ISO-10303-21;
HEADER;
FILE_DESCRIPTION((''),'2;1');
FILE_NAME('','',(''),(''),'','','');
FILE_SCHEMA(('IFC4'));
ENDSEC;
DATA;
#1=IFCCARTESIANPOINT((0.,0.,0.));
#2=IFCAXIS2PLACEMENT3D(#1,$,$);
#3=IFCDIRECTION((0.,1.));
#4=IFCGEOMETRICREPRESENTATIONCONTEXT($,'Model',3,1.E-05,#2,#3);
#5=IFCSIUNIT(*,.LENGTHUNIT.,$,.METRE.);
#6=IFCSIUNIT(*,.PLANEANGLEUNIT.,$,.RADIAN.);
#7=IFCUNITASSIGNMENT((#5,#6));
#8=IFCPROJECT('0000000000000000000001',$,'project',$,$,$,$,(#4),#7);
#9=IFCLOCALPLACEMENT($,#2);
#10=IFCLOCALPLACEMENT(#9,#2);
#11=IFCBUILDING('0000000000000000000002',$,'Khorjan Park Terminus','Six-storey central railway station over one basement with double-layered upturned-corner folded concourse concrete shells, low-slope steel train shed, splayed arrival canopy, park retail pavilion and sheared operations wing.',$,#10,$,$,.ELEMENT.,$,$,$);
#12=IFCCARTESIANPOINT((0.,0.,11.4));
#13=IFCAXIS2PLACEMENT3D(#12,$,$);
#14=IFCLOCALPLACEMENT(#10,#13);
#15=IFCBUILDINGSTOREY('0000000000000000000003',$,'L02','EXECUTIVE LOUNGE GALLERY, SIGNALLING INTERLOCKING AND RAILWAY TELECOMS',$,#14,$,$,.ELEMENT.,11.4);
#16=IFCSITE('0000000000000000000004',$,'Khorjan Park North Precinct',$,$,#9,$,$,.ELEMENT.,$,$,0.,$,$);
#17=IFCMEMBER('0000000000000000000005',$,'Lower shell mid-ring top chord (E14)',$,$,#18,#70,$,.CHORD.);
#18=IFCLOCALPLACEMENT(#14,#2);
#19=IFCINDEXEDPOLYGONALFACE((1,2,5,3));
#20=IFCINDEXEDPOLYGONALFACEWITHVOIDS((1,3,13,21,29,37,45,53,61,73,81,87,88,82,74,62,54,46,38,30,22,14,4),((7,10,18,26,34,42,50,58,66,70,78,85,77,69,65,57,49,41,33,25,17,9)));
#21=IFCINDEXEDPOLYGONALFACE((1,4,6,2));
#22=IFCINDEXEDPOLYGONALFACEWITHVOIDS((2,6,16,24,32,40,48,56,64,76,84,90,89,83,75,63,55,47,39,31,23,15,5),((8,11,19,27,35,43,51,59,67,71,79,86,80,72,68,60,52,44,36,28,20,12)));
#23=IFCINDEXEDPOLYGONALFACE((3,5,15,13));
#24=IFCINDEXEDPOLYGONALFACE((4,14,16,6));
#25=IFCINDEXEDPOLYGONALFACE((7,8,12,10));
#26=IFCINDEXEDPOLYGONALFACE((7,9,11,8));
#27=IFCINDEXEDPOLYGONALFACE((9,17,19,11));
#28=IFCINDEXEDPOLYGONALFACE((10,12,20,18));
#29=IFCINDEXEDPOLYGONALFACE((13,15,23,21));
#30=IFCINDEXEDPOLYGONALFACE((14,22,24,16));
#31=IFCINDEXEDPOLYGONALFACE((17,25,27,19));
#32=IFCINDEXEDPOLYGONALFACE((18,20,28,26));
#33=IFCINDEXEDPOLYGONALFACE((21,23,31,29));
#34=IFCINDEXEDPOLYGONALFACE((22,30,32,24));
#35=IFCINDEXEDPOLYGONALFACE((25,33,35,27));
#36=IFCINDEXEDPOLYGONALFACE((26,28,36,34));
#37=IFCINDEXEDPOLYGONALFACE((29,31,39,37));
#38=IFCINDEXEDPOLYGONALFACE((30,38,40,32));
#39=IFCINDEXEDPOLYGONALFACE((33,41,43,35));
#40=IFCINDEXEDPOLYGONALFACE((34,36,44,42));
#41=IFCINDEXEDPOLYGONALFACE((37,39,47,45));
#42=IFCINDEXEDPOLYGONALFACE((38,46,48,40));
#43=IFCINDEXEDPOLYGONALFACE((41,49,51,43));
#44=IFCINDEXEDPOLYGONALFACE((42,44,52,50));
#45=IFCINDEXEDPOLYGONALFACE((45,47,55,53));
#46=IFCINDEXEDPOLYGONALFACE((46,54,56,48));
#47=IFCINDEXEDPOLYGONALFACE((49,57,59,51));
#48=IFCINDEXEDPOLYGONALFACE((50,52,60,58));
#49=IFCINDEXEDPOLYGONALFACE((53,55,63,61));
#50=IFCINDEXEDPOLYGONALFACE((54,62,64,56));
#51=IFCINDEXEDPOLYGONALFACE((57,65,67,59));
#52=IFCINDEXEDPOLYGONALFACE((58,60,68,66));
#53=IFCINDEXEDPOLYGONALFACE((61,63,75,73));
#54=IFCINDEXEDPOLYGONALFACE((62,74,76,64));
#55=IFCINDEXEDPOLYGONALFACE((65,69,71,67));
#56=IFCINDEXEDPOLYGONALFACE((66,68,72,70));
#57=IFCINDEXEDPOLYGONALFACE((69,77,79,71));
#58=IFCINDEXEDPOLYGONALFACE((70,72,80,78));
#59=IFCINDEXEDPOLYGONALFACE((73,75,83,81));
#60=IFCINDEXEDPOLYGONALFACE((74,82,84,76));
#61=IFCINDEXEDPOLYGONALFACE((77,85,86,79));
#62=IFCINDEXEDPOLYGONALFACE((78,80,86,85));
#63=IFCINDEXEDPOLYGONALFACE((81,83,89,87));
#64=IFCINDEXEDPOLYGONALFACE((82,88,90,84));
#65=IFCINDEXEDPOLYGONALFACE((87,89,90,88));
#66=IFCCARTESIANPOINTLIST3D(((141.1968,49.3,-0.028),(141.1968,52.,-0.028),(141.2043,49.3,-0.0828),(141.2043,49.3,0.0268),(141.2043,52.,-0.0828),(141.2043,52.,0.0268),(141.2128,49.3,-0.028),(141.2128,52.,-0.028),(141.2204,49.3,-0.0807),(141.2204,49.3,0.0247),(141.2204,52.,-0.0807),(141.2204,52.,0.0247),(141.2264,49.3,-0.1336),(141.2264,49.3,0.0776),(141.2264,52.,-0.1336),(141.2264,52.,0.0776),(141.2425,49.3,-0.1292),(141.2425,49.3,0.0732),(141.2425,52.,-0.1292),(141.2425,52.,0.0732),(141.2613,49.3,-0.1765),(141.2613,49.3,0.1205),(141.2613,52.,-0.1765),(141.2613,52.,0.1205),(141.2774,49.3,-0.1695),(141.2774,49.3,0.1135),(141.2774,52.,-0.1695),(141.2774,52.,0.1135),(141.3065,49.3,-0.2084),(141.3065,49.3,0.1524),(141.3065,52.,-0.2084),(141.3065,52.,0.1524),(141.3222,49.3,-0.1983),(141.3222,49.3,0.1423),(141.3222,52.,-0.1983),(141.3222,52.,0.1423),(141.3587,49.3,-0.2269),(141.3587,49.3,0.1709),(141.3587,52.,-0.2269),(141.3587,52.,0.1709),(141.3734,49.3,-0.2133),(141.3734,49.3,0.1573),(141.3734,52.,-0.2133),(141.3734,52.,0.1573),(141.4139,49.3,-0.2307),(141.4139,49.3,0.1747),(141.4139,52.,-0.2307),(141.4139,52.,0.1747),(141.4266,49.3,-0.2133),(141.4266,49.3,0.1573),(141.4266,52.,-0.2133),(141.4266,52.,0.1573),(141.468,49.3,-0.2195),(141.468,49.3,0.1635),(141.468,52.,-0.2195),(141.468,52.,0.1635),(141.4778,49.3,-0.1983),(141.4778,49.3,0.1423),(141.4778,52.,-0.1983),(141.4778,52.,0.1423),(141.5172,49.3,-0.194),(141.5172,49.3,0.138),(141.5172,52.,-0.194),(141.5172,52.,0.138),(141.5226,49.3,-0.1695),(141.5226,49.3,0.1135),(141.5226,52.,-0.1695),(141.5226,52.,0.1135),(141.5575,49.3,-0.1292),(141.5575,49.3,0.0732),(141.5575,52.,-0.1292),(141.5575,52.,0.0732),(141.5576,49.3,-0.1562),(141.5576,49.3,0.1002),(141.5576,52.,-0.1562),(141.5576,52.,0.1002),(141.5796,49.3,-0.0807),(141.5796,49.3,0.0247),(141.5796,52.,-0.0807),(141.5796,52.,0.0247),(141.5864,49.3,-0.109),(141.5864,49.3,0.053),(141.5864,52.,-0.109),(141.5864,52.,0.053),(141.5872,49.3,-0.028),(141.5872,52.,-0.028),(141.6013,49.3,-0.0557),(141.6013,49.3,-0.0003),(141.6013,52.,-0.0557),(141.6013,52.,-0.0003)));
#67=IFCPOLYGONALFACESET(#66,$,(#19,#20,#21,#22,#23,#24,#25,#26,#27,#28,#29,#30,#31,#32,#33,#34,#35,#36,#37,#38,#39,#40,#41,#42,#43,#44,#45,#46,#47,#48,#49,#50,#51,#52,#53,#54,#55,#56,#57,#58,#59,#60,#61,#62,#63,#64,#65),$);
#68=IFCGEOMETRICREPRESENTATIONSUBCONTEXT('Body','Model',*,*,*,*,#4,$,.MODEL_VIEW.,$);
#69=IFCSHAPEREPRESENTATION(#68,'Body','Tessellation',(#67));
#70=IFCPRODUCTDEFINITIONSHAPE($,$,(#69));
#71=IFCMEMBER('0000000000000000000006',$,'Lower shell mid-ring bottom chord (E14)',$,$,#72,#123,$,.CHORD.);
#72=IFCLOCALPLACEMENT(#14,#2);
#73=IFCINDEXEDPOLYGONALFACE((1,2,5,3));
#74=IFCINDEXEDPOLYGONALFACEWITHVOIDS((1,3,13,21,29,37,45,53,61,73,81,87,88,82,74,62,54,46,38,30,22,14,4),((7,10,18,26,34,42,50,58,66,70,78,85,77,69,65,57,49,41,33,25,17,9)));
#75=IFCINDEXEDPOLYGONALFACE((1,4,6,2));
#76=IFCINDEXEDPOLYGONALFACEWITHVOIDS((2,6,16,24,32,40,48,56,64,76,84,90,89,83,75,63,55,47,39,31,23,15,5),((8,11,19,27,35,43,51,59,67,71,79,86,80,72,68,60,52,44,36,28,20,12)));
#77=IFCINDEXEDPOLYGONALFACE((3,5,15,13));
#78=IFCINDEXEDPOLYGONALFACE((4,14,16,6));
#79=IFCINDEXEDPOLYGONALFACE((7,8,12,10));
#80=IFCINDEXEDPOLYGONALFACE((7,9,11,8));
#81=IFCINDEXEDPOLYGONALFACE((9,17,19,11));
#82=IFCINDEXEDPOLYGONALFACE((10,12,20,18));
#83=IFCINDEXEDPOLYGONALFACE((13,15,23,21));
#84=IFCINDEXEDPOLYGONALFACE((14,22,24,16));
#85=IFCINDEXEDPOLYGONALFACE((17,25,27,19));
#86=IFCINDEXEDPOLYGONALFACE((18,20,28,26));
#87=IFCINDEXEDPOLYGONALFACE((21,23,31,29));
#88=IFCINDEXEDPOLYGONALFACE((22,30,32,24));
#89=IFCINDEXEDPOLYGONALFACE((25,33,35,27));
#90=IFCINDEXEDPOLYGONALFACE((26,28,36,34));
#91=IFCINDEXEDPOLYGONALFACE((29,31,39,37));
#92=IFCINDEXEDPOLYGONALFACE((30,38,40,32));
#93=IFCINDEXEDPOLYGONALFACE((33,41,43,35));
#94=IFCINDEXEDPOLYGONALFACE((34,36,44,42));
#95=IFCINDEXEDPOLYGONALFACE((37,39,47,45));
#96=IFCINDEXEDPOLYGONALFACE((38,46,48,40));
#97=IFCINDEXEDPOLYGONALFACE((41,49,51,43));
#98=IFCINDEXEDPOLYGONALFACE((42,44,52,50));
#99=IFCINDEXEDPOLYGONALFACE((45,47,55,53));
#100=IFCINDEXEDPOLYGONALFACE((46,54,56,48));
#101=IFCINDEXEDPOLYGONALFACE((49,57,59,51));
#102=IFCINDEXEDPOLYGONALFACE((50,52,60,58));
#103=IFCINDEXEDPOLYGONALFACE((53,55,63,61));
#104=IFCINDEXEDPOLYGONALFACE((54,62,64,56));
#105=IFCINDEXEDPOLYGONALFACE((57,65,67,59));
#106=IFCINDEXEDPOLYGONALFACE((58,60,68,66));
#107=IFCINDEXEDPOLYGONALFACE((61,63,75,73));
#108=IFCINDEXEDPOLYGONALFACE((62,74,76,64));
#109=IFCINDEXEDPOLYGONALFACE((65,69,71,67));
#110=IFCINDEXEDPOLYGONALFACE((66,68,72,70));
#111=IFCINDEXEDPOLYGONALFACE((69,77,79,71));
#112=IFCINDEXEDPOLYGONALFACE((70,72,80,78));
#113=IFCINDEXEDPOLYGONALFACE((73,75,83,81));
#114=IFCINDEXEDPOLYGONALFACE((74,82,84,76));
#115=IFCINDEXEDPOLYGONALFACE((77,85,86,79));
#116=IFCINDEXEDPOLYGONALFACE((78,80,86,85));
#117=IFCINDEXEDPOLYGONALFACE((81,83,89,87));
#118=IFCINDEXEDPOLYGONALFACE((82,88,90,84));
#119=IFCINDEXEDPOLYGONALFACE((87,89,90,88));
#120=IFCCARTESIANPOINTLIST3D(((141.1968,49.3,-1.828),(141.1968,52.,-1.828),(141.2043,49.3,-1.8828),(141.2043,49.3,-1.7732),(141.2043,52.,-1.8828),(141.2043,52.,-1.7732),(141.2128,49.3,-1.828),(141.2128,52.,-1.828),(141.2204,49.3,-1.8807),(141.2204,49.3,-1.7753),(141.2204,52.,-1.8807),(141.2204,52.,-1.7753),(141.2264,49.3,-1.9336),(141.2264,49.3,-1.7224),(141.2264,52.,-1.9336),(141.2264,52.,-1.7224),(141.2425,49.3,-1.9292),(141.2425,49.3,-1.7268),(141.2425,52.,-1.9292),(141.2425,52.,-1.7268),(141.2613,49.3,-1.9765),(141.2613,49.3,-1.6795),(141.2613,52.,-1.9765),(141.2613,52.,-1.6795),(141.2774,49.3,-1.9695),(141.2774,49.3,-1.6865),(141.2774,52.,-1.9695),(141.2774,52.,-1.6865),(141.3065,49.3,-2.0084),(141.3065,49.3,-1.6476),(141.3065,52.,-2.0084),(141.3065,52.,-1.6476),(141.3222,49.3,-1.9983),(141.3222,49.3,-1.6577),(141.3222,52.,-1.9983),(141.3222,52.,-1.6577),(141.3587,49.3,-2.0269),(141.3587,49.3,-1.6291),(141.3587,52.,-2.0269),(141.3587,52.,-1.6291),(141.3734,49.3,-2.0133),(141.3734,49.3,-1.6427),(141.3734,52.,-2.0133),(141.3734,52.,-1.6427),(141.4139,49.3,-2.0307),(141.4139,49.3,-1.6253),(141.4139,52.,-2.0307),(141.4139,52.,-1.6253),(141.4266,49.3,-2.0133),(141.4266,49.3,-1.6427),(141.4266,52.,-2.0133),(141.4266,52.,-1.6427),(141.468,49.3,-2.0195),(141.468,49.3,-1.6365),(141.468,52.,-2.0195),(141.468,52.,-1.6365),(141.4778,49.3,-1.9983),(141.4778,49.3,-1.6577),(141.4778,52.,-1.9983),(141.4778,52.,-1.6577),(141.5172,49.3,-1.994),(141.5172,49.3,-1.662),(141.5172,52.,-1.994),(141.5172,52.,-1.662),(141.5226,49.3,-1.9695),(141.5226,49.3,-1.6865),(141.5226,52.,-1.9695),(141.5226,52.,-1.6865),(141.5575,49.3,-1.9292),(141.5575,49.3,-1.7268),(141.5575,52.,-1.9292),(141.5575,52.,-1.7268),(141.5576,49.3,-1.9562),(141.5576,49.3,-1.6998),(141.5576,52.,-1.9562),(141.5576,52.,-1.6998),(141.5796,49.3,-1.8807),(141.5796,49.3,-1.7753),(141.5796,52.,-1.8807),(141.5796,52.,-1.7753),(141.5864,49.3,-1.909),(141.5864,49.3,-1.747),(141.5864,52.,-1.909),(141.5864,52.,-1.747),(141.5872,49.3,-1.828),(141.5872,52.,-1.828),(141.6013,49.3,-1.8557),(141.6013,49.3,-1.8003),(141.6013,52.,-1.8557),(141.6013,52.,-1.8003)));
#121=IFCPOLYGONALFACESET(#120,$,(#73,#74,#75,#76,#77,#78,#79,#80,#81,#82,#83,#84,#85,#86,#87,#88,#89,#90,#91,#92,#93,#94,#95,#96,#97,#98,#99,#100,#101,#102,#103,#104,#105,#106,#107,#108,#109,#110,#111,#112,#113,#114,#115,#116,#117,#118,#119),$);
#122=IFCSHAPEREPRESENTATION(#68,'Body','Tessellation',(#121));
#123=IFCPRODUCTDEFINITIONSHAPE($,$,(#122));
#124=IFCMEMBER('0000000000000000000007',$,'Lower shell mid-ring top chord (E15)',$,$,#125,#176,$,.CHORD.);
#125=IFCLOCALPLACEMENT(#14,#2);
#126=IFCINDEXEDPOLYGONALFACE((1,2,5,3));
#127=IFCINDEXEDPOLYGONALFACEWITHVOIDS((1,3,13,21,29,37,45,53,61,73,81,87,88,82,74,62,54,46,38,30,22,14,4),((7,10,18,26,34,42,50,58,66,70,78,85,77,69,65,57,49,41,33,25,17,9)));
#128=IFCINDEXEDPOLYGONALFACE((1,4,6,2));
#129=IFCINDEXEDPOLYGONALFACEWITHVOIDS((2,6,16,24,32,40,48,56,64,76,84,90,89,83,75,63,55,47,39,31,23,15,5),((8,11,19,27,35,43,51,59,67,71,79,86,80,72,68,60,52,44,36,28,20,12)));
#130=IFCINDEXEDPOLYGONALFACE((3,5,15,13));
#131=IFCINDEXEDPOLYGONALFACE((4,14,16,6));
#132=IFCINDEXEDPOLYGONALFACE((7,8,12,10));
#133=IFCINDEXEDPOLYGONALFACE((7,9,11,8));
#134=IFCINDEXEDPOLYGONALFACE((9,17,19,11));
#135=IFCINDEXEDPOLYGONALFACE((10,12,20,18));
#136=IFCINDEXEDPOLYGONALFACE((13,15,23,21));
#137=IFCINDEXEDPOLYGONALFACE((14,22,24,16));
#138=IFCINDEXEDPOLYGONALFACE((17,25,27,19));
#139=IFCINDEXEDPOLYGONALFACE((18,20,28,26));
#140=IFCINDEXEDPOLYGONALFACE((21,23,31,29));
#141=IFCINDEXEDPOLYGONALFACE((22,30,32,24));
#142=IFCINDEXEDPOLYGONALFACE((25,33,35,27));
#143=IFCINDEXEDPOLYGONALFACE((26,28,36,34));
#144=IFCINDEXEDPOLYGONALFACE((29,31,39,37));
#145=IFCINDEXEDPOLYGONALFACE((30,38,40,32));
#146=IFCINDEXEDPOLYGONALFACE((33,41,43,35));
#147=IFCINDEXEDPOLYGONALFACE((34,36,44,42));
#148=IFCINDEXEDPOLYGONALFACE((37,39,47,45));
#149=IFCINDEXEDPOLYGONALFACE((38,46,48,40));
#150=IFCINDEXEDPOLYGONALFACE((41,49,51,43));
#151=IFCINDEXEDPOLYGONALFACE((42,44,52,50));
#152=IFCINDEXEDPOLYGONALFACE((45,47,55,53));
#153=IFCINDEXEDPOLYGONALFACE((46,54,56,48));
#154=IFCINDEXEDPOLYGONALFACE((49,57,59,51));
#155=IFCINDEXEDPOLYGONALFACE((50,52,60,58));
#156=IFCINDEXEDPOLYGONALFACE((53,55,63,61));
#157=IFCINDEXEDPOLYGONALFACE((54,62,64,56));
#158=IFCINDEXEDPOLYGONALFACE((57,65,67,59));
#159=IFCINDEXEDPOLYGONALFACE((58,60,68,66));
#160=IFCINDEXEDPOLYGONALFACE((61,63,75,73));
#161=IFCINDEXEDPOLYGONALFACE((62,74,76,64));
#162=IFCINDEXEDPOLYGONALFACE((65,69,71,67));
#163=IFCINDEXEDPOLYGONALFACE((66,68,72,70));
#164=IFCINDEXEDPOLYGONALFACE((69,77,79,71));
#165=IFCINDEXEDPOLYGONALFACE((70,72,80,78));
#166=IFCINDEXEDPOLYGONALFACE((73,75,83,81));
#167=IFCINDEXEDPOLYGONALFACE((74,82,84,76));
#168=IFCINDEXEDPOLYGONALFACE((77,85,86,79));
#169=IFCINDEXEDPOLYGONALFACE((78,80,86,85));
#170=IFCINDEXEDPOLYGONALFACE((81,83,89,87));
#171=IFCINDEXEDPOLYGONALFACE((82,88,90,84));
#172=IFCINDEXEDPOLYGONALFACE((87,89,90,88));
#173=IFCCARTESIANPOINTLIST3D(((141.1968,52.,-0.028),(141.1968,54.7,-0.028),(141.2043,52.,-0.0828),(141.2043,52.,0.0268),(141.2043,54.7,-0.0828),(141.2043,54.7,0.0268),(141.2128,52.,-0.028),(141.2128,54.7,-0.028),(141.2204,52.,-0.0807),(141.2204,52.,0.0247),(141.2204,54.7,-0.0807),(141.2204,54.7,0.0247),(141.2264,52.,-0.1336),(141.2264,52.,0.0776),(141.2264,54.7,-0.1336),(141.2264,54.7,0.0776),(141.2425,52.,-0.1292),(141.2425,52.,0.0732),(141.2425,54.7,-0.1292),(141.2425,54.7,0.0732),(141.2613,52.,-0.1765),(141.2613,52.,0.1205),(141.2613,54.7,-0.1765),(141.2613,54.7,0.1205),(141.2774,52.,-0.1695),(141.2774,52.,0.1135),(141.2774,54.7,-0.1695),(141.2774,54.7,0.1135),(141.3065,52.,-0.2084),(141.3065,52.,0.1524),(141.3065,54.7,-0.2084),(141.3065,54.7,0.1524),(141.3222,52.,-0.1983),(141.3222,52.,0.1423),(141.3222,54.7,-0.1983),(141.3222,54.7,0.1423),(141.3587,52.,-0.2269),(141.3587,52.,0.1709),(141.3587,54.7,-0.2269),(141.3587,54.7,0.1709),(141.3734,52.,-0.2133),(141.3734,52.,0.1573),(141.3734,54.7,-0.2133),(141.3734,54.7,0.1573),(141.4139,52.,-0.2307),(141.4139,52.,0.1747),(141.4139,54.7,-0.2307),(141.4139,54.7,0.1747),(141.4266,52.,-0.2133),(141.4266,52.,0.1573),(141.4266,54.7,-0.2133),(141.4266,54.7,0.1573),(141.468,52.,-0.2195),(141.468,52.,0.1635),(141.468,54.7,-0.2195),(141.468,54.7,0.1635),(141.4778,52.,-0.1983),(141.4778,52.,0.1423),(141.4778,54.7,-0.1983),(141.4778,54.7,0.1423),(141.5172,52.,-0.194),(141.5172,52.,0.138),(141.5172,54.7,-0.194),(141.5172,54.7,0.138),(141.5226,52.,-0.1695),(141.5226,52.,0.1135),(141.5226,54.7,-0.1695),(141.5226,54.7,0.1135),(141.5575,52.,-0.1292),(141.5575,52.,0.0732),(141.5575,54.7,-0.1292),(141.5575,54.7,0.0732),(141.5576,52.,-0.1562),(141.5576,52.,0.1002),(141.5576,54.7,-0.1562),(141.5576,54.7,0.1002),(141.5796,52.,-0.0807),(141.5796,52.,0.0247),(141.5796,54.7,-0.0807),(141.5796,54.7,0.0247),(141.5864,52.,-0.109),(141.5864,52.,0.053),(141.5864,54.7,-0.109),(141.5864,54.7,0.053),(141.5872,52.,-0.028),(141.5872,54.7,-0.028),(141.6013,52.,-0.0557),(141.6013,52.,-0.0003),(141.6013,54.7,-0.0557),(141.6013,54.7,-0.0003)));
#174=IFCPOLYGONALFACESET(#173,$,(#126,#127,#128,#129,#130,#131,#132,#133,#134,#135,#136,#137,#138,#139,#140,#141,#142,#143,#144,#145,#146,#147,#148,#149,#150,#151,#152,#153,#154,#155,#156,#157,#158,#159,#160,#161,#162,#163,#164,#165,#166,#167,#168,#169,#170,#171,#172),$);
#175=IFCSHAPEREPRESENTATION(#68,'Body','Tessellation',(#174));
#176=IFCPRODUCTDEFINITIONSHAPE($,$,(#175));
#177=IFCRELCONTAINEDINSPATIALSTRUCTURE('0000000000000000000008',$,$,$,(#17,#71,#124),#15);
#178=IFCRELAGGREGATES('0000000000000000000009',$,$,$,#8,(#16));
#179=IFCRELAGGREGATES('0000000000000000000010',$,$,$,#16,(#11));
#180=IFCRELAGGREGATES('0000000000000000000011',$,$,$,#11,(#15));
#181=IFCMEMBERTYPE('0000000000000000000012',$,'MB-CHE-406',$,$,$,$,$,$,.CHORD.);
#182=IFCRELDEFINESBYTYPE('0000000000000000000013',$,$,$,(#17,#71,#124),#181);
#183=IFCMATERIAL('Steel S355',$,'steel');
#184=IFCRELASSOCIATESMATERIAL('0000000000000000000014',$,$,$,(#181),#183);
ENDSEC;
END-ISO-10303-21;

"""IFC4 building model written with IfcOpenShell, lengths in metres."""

from ifc_helpers import new_model, si_unit, direction, frame, origin, origin_2d, place, context, subcontext, project, spatial, hollow_circle, extrude, material, material_profile, profile_set, type_object, element, save


model = new_model("IFC4")

# Units and contexts
model_context = context("Model", 3, precision=1e-05, world=origin(), true_north=direction((0.0, 1.0)))
body_context = subcontext(model_context, "Body", "Model", "MODEL_VIEW")
ifc_project = project(units=[si_unit("LENGTHUNIT", "METRE"), si_unit("PLANEANGLEUNIT", "RADIAN")], contexts=[model_context])

# Site, building, storey
site_placement = place(None, origin())
site = spatial("IfcSite", under=ifc_project, at=site_placement, Name="Khorjan Park North Precinct", CompositionType="ELEMENT", RefElevation=0.0)
building_placement = place(site_placement, origin())
building = spatial("IfcBuilding", under=site, at=building_placement, Name="Khorjan Park Terminus", Description="Six-storey central railway station over one basement with double-layered upturned-corner folded concourse concrete shells, low-slope steel train shed, splayed arrival canopy, park retail pavilion and sheared operations wing.", CompositionType="ELEMENT")
storey_placement = place(building_placement, frame((0.0, 0.0, 11.4)))
storey = spatial("IfcBuildingStorey", under=building, at=storey_placement, Name="L02", Description="EXECUTIVE LOUNGE GALLERY, SIGNALLING INTERLOCKING AND RAILWAY TELECOMS", CompositionType="ELEMENT", Elevation=11.4)

# Members
ifc_material_1 = material(Name="Steel S355", Category="steel")
ifc_material_profile_1 = material_profile(ifc_material_1, hollow_circle(Radius=0.2032, WallThickness=0.016, at=origin_2d()), Name="CHS 406.4x16")
ifc_profile_set_1 = profile_set([ifc_material_profile_1], Name="Steel S355")
member_type_1 = type_object("IfcMemberType", Name="MB-CHE-406", PredefinedType="CHORD", material=ifc_profile_set_1)
for number, where, z_axis, x_axis, name in (
    (1, (141.4, 49.3, -0.028), (0.0, 1.0, 0.0), (-1.0, 0.0, 0.0), "Lower shell mid-ring top chord (E14)"),
    (2, (141.4, 49.3, -1.828), (0.0, 1.0, 0.0), (-1.0, 0.0, 0.0), "Lower shell mid-ring bottom chord (E14)"),
    (3, (141.4, 52.0, -0.028), (0.0, 1.0, 0.0), (-1.0, 0.0, 0.0), "Lower shell mid-ring top chord (E15)"),
):
    element("IfcMember", number, at=place(storey_placement, frame(where, z_axis=z_axis, x_axis=x_axis)), inside=storey, type_object=member_type_1, Name=name, PredefinedType="CHORD", context=body_context, shape_type="SweptSolid", body=[
        extrude(hollow_circle(Radius=0.2032, WallThickness=0.016, at=origin_2d()), origin(), (0.0, 0.0, 1.0), 2.7),
    ])

save(model, "model.ifc")
